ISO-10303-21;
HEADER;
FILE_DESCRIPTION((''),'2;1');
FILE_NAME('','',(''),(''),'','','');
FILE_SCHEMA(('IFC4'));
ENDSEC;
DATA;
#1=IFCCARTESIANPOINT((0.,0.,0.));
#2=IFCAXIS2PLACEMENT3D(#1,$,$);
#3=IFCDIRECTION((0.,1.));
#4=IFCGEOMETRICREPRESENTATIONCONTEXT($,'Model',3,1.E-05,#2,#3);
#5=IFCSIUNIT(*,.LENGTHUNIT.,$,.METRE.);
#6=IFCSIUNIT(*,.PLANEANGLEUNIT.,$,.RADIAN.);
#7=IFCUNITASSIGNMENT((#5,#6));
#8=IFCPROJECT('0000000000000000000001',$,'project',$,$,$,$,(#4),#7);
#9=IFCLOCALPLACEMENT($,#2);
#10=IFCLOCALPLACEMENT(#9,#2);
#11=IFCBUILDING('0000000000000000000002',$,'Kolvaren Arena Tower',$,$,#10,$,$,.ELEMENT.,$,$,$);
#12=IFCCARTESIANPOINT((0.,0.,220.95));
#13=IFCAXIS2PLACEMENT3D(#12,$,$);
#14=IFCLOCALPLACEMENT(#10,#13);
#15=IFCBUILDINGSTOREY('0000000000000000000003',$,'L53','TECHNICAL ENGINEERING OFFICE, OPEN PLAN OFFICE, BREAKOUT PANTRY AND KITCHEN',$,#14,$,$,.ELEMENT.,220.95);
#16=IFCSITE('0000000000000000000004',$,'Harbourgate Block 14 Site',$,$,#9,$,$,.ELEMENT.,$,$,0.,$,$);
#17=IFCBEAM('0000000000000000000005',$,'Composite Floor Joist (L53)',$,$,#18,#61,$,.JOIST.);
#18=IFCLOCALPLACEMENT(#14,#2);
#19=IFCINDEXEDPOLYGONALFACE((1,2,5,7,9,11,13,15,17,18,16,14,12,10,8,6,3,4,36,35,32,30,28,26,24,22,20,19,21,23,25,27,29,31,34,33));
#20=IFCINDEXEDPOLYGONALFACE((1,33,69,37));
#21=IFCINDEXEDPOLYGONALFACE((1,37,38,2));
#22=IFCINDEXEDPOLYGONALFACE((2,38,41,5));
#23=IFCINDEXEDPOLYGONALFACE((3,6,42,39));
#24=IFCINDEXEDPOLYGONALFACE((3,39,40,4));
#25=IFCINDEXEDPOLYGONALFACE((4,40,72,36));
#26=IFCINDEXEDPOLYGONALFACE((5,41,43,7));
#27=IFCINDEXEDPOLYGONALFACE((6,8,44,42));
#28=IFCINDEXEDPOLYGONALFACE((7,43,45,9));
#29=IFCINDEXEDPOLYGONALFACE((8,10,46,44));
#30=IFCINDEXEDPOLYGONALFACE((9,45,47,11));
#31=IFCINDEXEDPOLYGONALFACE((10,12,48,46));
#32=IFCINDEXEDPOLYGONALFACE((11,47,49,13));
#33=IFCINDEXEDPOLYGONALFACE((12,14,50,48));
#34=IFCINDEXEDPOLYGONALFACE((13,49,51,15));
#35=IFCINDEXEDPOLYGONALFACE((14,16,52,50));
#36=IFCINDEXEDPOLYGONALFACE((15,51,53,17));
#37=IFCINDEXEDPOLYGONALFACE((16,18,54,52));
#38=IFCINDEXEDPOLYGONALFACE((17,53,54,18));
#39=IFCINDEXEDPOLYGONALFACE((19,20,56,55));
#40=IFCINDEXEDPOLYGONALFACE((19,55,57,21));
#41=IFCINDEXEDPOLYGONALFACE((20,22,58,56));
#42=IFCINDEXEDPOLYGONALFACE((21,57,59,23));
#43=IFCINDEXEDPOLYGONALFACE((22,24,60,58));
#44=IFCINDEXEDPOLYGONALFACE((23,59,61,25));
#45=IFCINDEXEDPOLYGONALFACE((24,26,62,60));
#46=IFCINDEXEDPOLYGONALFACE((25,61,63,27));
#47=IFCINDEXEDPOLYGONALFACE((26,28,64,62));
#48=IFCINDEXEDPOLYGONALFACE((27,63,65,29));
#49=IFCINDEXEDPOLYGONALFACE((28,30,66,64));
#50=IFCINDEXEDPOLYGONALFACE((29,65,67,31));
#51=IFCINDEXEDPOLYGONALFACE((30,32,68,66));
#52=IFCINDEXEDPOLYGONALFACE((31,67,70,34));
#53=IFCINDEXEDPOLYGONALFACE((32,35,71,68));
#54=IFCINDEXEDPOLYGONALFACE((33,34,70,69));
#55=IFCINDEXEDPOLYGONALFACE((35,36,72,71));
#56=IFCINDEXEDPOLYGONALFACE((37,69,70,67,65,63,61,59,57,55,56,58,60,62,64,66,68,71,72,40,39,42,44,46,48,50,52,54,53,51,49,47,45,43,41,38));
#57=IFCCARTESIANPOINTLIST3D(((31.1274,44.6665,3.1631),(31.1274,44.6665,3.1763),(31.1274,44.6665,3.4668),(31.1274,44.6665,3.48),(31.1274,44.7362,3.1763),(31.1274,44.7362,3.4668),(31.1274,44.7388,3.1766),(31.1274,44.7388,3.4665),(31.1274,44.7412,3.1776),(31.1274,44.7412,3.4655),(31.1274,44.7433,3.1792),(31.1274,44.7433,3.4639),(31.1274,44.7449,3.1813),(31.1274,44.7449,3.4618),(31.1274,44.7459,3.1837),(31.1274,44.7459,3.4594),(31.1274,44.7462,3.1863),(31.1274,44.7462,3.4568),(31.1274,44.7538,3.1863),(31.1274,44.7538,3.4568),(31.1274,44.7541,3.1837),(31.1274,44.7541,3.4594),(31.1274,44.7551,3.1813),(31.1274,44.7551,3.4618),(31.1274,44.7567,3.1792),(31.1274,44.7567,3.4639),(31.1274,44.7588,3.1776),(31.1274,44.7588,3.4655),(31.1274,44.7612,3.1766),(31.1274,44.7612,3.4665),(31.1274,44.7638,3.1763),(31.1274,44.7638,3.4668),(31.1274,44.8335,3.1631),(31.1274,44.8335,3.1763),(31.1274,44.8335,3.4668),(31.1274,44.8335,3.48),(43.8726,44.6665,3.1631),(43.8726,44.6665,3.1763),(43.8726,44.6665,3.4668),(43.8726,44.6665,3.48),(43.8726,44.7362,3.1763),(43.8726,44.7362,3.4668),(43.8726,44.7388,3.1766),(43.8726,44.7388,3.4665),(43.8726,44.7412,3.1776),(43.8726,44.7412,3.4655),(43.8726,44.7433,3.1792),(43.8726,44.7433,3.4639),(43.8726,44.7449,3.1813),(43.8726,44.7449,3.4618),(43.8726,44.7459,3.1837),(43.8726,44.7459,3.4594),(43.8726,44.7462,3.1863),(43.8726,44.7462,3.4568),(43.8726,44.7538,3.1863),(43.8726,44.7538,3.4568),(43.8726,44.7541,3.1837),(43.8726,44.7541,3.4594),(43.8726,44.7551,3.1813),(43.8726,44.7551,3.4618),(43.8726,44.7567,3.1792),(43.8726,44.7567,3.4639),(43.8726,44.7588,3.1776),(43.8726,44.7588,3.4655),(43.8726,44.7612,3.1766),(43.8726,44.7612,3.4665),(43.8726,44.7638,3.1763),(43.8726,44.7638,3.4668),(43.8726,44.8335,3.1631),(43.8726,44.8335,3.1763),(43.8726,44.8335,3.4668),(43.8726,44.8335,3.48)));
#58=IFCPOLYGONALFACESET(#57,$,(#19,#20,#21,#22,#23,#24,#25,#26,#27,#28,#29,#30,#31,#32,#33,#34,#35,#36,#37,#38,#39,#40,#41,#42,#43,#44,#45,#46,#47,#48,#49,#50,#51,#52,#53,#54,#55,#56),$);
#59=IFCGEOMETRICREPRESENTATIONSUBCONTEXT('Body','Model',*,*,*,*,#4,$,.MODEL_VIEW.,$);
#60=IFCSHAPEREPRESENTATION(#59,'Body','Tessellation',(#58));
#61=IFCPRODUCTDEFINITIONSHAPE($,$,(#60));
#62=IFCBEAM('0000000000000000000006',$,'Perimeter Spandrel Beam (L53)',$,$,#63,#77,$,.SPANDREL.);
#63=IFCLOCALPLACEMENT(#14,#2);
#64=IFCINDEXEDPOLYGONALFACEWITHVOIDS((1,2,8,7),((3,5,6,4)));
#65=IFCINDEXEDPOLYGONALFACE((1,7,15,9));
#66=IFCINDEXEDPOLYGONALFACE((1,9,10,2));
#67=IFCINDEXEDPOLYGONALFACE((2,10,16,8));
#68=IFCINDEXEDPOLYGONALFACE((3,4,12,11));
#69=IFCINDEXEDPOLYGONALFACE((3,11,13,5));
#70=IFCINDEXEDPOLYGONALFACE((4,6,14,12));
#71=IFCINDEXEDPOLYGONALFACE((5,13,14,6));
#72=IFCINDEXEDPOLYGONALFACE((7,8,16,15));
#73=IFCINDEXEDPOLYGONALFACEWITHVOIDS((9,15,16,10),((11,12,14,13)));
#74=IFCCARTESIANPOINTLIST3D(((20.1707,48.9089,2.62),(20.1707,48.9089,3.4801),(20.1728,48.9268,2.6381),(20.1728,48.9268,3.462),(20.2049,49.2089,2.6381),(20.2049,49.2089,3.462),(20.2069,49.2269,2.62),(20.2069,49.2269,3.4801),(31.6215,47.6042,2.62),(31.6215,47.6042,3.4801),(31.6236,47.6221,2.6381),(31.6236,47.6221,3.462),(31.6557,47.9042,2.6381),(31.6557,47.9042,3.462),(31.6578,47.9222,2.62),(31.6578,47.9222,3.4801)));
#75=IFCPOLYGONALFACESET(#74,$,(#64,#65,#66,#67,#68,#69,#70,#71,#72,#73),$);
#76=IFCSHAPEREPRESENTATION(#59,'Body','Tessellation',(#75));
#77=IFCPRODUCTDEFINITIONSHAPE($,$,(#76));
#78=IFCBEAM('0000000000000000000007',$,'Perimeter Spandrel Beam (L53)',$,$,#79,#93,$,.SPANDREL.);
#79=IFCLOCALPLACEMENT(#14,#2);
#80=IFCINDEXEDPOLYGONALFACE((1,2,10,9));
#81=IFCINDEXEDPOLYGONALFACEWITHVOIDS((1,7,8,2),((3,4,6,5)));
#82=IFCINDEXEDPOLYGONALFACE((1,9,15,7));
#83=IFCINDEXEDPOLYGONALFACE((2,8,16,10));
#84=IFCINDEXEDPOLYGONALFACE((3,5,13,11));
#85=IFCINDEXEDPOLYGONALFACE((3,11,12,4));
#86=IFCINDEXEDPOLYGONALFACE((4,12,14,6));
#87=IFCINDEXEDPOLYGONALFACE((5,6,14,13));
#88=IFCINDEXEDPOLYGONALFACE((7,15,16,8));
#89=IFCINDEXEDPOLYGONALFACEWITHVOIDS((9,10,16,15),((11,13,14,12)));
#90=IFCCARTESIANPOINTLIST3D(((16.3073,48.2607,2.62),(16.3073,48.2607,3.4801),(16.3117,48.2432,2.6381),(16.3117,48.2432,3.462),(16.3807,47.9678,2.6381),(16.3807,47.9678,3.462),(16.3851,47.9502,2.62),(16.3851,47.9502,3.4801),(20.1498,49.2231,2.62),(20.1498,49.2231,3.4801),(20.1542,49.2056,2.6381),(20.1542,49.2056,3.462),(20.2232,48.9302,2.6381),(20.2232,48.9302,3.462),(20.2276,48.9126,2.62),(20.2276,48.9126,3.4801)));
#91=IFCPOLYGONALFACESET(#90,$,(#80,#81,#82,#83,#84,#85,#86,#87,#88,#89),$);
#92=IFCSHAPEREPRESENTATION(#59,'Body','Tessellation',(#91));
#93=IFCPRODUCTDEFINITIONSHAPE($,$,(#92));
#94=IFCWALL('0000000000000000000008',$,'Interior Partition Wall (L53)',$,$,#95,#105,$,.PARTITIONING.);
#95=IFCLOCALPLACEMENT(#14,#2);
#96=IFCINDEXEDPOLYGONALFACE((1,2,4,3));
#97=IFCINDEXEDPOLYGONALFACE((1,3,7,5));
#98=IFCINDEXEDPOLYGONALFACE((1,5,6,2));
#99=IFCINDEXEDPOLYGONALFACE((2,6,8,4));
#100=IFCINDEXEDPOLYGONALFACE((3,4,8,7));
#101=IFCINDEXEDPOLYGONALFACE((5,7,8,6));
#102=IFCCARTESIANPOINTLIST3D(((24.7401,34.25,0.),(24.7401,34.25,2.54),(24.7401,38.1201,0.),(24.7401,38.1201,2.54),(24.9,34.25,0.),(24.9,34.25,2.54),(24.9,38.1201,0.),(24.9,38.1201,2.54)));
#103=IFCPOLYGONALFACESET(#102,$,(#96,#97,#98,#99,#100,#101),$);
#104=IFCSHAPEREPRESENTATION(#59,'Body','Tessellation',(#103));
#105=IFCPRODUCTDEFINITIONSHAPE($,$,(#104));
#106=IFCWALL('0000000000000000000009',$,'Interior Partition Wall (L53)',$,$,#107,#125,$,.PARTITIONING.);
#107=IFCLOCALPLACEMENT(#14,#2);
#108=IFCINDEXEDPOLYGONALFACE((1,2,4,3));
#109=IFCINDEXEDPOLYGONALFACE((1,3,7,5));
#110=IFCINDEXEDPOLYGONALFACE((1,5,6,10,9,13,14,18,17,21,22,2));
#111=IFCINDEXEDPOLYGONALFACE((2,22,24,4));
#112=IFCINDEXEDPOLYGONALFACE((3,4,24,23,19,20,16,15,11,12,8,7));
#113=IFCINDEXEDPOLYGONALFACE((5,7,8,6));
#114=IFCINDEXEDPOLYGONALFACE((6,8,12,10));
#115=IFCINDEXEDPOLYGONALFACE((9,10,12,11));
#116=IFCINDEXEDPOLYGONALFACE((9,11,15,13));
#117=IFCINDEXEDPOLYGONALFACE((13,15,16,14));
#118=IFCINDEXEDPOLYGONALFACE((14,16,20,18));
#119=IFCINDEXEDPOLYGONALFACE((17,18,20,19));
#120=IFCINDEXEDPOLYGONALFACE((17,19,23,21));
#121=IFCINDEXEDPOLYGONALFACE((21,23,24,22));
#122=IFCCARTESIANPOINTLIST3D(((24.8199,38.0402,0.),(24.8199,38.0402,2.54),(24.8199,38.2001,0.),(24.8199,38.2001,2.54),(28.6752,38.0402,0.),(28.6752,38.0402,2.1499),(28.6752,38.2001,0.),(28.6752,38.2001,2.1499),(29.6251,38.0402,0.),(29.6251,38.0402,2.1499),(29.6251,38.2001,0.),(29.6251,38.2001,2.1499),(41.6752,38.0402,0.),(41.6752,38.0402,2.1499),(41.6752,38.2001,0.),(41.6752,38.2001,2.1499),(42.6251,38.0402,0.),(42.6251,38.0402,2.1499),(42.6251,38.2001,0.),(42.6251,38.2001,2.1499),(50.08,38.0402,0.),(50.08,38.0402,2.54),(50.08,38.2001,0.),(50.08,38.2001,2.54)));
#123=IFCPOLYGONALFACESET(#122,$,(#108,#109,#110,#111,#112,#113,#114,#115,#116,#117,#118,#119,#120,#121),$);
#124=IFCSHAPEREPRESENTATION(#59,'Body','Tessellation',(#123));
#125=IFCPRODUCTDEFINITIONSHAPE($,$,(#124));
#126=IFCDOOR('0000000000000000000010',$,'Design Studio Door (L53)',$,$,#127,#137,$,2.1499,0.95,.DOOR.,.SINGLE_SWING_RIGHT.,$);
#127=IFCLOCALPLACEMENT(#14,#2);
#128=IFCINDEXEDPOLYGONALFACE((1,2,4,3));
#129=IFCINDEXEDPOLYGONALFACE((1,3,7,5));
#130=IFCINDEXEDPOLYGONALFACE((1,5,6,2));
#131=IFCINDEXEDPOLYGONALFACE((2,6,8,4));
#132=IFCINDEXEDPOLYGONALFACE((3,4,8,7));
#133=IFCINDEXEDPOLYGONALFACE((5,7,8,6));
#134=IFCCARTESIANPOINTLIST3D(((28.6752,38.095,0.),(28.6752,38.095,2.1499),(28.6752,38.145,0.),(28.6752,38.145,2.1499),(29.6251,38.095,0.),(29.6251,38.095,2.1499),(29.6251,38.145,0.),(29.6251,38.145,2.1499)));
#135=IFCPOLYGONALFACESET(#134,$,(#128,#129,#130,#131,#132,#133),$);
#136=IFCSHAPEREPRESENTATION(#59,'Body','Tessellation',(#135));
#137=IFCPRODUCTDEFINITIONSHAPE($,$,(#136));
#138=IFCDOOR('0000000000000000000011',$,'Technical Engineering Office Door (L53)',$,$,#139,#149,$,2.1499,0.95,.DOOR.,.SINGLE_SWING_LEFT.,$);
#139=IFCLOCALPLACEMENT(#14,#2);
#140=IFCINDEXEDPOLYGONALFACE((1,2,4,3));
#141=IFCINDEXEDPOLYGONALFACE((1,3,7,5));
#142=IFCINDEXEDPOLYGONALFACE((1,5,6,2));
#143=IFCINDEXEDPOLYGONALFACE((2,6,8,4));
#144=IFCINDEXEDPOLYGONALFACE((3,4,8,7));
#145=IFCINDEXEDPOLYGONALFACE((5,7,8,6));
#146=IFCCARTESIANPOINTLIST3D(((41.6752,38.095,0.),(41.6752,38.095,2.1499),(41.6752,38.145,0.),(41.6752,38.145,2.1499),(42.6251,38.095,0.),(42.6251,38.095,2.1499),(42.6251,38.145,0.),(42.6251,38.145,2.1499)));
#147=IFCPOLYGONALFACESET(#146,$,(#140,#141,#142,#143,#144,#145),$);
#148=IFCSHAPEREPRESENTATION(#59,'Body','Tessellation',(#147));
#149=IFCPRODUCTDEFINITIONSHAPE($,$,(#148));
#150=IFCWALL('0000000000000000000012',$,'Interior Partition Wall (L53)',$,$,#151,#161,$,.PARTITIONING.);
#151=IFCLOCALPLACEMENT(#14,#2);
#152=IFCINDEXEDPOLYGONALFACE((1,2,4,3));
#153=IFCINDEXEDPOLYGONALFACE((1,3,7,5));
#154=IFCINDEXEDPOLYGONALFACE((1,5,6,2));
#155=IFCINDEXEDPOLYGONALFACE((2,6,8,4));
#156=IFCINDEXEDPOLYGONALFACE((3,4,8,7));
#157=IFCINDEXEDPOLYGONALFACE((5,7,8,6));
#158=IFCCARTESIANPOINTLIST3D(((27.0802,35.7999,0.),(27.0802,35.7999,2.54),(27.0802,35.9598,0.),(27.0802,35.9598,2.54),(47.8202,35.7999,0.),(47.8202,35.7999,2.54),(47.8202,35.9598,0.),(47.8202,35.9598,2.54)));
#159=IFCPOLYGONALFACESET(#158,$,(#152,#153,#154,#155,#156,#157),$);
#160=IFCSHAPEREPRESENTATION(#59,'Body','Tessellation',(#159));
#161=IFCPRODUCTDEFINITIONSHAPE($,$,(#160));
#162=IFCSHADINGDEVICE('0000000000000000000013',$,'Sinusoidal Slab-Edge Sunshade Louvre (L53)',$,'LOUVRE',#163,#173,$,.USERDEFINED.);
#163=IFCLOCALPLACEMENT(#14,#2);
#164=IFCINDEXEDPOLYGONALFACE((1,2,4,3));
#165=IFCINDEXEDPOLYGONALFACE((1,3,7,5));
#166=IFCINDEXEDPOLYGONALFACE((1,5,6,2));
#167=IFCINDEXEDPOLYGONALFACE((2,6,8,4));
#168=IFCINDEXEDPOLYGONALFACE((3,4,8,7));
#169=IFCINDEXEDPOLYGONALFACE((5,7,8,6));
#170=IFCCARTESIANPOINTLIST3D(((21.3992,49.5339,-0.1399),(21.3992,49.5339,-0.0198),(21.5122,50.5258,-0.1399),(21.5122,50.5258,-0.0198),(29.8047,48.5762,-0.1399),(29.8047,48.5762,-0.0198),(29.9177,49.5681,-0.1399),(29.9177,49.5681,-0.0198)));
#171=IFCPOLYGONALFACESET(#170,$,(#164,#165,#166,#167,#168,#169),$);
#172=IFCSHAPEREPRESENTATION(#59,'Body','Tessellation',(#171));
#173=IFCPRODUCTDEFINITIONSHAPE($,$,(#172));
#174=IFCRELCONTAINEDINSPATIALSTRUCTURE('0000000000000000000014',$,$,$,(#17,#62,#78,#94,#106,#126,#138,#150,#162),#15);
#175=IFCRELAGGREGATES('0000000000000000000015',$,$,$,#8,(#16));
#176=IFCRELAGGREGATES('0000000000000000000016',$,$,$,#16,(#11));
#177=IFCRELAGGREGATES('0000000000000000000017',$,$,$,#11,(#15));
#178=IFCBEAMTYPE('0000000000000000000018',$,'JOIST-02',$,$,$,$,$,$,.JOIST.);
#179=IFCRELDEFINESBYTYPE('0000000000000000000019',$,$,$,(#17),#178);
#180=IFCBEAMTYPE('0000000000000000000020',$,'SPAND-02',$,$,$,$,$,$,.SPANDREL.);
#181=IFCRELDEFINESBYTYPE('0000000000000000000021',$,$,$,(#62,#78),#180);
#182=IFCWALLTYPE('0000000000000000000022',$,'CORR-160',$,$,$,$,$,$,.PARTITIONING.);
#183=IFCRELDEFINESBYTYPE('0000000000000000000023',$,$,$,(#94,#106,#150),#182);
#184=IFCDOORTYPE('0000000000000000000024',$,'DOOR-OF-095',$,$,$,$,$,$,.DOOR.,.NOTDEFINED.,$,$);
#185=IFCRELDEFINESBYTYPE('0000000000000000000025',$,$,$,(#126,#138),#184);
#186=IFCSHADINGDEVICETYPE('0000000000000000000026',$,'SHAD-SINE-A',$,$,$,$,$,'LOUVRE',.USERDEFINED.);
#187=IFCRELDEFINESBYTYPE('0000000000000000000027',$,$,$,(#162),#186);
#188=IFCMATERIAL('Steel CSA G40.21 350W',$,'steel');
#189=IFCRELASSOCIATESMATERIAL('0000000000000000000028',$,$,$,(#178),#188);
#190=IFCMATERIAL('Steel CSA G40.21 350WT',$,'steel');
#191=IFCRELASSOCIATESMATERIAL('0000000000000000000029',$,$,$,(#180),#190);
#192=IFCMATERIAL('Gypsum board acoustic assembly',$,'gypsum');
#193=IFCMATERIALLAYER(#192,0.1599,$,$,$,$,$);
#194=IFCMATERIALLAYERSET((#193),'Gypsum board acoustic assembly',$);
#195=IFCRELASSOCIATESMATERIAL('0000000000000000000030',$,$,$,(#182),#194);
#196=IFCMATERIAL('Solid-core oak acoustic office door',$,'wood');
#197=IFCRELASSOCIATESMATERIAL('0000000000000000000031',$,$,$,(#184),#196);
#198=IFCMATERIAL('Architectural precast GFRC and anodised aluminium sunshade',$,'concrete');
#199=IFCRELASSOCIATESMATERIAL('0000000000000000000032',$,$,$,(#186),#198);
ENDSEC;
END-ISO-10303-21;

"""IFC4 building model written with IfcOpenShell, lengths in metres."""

from ifc_helpers import new_model, si_unit, direction, frame, frame_2d, origin, origin_2d, place, context, subcontext, project, spatial, rectangle, hollow_rectangle, i_section, extrude, material, layer, layer_set, material_profile, profile_set, type_object, element, fill, save


model = new_model("IFC4")

# Units and contexts
model_context = context("Model", 3, precision=1e-05, world=origin(), true_north=direction((0.0, 1.0)))
body_context = subcontext(model_context, "Body", "Model", "MODEL_VIEW")
ifc_project = project(units=[si_unit("LENGTHUNIT", "METRE"), si_unit("PLANEANGLEUNIT", "RADIAN")], contexts=[model_context])

# Site, building, storey
site_placement = place(None, origin())
site = spatial("IfcSite", under=ifc_project, at=site_placement, Name="Harbourgate Block 14 Site", CompositionType="ELEMENT", RefElevation=0.0)
building_placement = place(site_placement, origin())
building = spatial("IfcBuilding", under=site, at=building_placement, Name="Kolvaren Arena Tower", CompositionType="ELEMENT")
storey_placement = place(building_placement, frame((0.0, 0.0, 220.95)))
storey = spatial("IfcBuildingStorey", under=building, at=storey_placement, Name="L53", Description="TECHNICAL ENGINEERING OFFICE, OPEN PLAN OFFICE, BREAKOUT PANTRY AND KITCHEN", CompositionType="ELEMENT", Elevation=220.95)

# Beams
ifc_material_1 = material(Name="Steel CSA G40.21 350W", Category="steel")
ifc_material_profile_1 = material_profile(ifc_material_1, i_section(OverallWidth=0.167, OverallDepth=0.3169, WebThickness=0.0076, FlangeThickness=0.0132, FilletRadius=0.01, at=origin_2d()), Name="W310x52")
ifc_profile_set_1 = profile_set([ifc_material_profile_1], Name="Steel CSA G40.21 350W")
beam_type_1 = type_object("IfcBeamType", Name="JOIST-02", PredefinedType="JOIST", material=ifc_profile_set_1)
beam_1_placement = place(storey_placement, frame((31.1274, 44.75, 3.3215), z_axis=(1.0, 0.0, 0.0), x_axis=(0.0, 1.0, 0.0)))
element("IfcBeam", 1, at=beam_1_placement, inside=storey, type_object=beam_type_1, Name="Composite Floor Joist (L53)", PredefinedType="JOIST", context=body_context, shape_type="SweptSolid", body=[
    extrude(i_section(OverallWidth=0.167, OverallDepth=0.3169, WebThickness=0.0076, FlangeThickness=0.0132, FilletRadius=0.01, at=origin_2d()), origin(), (0.0, 0.0, 1.0), 12.7451),
])
ifc_material_2 = material(Name="Steel CSA G40.21 350WT", Category="steel")
ifc_material_profile_2 = material_profile(ifc_material_2, hollow_rectangle(XDim=0.3201, YDim=0.8601, WallThickness=0.0181, at=origin_2d()), Name="HSS 860x320x18")
ifc_profile_set_2 = profile_set([ifc_material_profile_2], Name="Steel CSA G40.21 350WT")
beam_type_2 = type_object("IfcBeamType", Name="SPAND-02", PredefinedType="SPANDREL", material=ifc_profile_set_2)
beam_2_placement = place(storey_placement, frame((31.6396, 47.7632, 3.05), z_axis=(-0.993572, 0.113205, 0.0), x_axis=(-0.113205, -0.993572, 0.0)))
element("IfcBeam", 2, at=beam_2_placement, inside=storey, type_object=beam_type_2, Name="Perimeter Spandrel Beam (L53)", PredefinedType="SPANDREL", context=body_context, shape_type="SweptSolid", body=[
    extrude(hollow_rectangle(XDim=0.3201, YDim=0.8601, WallThickness=0.0181, at=origin_2d()), origin(), (0.0, 0.0, 1.0), 11.5249),
])
beam_3_placement = place(storey_placement, frame((20.1887, 49.0679, 3.05), z_axis=(-0.970037, -0.242956, 0.0), x_axis=(0.242956, -0.970037, 0.0)))
element("IfcBeam", 3, at=beam_3_placement, inside=storey, type_object=beam_type_2, Name="Perimeter Spandrel Beam (L53)", PredefinedType="SPANDREL", context=body_context, shape_type="SweptSolid", body=[
    extrude(hollow_rectangle(XDim=0.3201, YDim=0.8601, WallThickness=0.0181, at=origin_2d()), origin(), (0.0, 0.0, 1.0), 3.9612),
])

# Wall
ifc_material_3 = material(Name="Gypsum board acoustic assembly", Category="gypsum")
ifc_layer = layer(ifc_material_3, 0.1599)
ifc_layer_set = layer_set([ifc_layer], Name="Gypsum board acoustic assembly")
wall_type = type_object("IfcWallType", Name="CORR-160", PredefinedType="PARTITIONING", material=ifc_layer_set)
wall_1_placement = place(storey_placement, frame((24.8201, 34.25, 0.0), z_axis=(0.0, 0.0, 1.0), x_axis=(0.0, 1.0, 0.0)))
element("IfcWall", 4, at=wall_1_placement, inside=storey, type_object=wall_type, Name="Interior Partition Wall (L53)", PredefinedType="PARTITIONING", context=body_context, shape_type="SweptSolid", body=[
    extrude(rectangle(XDim=3.8701, YDim=0.1599, at=frame_2d((1.9351, 0.0))), origin(), (0.0, 0.0, 1.0), 2.54),
])

# Wall, openings, doors
wall_2_placement = place(storey_placement, frame((24.8201, 38.1201, 0.0), z_axis=(0.0, 0.0, 1.0), x_axis=(1.0, 0.0, 0.0)))
wall_2 = element("IfcWall", 5, at=wall_2_placement, inside=storey, type_object=wall_type, Name="Interior Partition Wall (L53)", PredefinedType="PARTITIONING", context=body_context, shape_type="SweptSolid", body=[
    extrude(rectangle(XDim=25.26, YDim=0.1599, at=frame_2d((12.6299, 0.0))), origin(), (0.0, 0.0, 1.0), 2.54),
])
opening_1_placement = place(wall_2_placement, frame((3.855, 0.0, 0.0)))
opening_1 = element("IfcOpeningElement", 6, at=opening_1_placement, cuts=wall_2, PredefinedType="OPENING", context=body_context, shape_type="SweptSolid", body=[
    extrude(rectangle(XDim=0.95, YDim=2.1499, at=frame_2d((0.4751, 1.075))), frame((0.0, 0.0898, 0.0), z_axis=(0.0, -1.0, 0.0), x_axis=(1.0, 0.0, 0.0)), (0.0, 0.0, 1.0), 0.1799),
])
opening_2_placement = place(wall_2_placement, frame((16.855, 0.0, 0.0)))
opening_2 = element("IfcOpeningElement", 7, at=opening_2_placement, cuts=wall_2, PredefinedType="OPENING", context=body_context, shape_type="SweptSolid", body=[
    extrude(rectangle(XDim=0.95, YDim=2.1499, at=frame_2d((0.4751, 1.075))), frame((0.0, 0.0898, 0.0), z_axis=(0.0, -1.0, 0.0), x_axis=(1.0, 0.0, 0.0)), (0.0, 0.0, 1.0), 0.1799),
])
ifc_material_4 = material(Name="Solid-core oak acoustic office door", Category="wood")
door_type = type_object("IfcDoorType", Name="DOOR-OF-095", OperationType="NOTDEFINED", PredefinedType="DOOR", material=ifc_material_4)
door_1_placement = place(opening_1_placement, origin())
door_1 = element("IfcDoor", 8, at=door_1_placement, inside=storey, type_object=door_type, Name="Design Studio Door (L53)", OperationType="SINGLE_SWING_RIGHT", OverallHeight=2.1499, OverallWidth=0.95, PredefinedType="DOOR", context=body_context, shape_type="SweptSolid", body=[
    extrude(rectangle(XDim=0.95, YDim=2.1499, at=frame_2d((0.4751, 1.075))), frame((0.0, 0.0249, 0.0), z_axis=(0.0, -1.0, 0.0), x_axis=(1.0, 0.0, 0.0)), (0.0, 0.0, 1.0), 0.05),
])
fill(opening_1, door_1)
door_2_placement = place(opening_2_placement, origin())
door_2 = element("IfcDoor", 9, at=door_2_placement, inside=storey, type_object=door_type, Name="Technical Engineering Office Door (L53)", OperationType="SINGLE_SWING_LEFT", OverallHeight=2.1499, OverallWidth=0.95, PredefinedType="DOOR", context=body_context, shape_type="SweptSolid", body=[
    extrude(rectangle(XDim=0.95, YDim=2.1499, at=frame_2d((0.4751, 1.075))), frame((0.0, 0.0249, 0.0), z_axis=(0.0, -1.0, 0.0), x_axis=(1.0, 0.0, 0.0)), (0.0, 0.0, 1.0), 0.05),
])
fill(opening_2, door_2)

# Wall
wall_3_placement = place(storey_placement, frame((27.0801, 35.8799, 0.0), z_axis=(0.0, 0.0, 1.0), x_axis=(1.0, 0.0, 0.0)))
element("IfcWall", 10, at=wall_3_placement, inside=storey, type_object=wall_type, Name="Interior Partition Wall (L53)", PredefinedType="PARTITIONING", context=body_context, shape_type="SweptSolid", body=[
    extrude(rectangle(XDim=20.74, YDim=0.1599, at=frame_2d((10.3701, 0.0))), origin(), (0.0, 0.0, 1.0), 2.54),
])

# Shading device
ifc_material_5 = material(Name="Architectural precast GFRC and anodised aluminium sunshade", Category="concrete")
shading_device_type = type_object("IfcShadingDeviceType", Name="SHAD-SINE-A", ElementType="LOUVRE", PredefinedType="USERDEFINED", material=ifc_material_5)
shading_device_placement = place(storey_placement, frame((25.6584, 49.551, -0.1399), z_axis=(0.0, 0.0, 1.0), x_axis=(0.993572, -0.113205, 0.0)))
element("IfcShadingDevice", 11, at=shading_device_placement, inside=storey, type_object=shading_device_type, Name="Sinusoidal Slab-Edge Sunshade Louvre (L53)", ObjectType="LOUVRE", PredefinedType="USERDEFINED", context=body_context, shape_type="SweptSolid", body=[
    extrude(rectangle(XDim=8.46, YDim=0.9983, at=origin_2d()), origin(), (0.0, 0.0, 1.0), 0.1201),
])

save(model, "model.ifc")
